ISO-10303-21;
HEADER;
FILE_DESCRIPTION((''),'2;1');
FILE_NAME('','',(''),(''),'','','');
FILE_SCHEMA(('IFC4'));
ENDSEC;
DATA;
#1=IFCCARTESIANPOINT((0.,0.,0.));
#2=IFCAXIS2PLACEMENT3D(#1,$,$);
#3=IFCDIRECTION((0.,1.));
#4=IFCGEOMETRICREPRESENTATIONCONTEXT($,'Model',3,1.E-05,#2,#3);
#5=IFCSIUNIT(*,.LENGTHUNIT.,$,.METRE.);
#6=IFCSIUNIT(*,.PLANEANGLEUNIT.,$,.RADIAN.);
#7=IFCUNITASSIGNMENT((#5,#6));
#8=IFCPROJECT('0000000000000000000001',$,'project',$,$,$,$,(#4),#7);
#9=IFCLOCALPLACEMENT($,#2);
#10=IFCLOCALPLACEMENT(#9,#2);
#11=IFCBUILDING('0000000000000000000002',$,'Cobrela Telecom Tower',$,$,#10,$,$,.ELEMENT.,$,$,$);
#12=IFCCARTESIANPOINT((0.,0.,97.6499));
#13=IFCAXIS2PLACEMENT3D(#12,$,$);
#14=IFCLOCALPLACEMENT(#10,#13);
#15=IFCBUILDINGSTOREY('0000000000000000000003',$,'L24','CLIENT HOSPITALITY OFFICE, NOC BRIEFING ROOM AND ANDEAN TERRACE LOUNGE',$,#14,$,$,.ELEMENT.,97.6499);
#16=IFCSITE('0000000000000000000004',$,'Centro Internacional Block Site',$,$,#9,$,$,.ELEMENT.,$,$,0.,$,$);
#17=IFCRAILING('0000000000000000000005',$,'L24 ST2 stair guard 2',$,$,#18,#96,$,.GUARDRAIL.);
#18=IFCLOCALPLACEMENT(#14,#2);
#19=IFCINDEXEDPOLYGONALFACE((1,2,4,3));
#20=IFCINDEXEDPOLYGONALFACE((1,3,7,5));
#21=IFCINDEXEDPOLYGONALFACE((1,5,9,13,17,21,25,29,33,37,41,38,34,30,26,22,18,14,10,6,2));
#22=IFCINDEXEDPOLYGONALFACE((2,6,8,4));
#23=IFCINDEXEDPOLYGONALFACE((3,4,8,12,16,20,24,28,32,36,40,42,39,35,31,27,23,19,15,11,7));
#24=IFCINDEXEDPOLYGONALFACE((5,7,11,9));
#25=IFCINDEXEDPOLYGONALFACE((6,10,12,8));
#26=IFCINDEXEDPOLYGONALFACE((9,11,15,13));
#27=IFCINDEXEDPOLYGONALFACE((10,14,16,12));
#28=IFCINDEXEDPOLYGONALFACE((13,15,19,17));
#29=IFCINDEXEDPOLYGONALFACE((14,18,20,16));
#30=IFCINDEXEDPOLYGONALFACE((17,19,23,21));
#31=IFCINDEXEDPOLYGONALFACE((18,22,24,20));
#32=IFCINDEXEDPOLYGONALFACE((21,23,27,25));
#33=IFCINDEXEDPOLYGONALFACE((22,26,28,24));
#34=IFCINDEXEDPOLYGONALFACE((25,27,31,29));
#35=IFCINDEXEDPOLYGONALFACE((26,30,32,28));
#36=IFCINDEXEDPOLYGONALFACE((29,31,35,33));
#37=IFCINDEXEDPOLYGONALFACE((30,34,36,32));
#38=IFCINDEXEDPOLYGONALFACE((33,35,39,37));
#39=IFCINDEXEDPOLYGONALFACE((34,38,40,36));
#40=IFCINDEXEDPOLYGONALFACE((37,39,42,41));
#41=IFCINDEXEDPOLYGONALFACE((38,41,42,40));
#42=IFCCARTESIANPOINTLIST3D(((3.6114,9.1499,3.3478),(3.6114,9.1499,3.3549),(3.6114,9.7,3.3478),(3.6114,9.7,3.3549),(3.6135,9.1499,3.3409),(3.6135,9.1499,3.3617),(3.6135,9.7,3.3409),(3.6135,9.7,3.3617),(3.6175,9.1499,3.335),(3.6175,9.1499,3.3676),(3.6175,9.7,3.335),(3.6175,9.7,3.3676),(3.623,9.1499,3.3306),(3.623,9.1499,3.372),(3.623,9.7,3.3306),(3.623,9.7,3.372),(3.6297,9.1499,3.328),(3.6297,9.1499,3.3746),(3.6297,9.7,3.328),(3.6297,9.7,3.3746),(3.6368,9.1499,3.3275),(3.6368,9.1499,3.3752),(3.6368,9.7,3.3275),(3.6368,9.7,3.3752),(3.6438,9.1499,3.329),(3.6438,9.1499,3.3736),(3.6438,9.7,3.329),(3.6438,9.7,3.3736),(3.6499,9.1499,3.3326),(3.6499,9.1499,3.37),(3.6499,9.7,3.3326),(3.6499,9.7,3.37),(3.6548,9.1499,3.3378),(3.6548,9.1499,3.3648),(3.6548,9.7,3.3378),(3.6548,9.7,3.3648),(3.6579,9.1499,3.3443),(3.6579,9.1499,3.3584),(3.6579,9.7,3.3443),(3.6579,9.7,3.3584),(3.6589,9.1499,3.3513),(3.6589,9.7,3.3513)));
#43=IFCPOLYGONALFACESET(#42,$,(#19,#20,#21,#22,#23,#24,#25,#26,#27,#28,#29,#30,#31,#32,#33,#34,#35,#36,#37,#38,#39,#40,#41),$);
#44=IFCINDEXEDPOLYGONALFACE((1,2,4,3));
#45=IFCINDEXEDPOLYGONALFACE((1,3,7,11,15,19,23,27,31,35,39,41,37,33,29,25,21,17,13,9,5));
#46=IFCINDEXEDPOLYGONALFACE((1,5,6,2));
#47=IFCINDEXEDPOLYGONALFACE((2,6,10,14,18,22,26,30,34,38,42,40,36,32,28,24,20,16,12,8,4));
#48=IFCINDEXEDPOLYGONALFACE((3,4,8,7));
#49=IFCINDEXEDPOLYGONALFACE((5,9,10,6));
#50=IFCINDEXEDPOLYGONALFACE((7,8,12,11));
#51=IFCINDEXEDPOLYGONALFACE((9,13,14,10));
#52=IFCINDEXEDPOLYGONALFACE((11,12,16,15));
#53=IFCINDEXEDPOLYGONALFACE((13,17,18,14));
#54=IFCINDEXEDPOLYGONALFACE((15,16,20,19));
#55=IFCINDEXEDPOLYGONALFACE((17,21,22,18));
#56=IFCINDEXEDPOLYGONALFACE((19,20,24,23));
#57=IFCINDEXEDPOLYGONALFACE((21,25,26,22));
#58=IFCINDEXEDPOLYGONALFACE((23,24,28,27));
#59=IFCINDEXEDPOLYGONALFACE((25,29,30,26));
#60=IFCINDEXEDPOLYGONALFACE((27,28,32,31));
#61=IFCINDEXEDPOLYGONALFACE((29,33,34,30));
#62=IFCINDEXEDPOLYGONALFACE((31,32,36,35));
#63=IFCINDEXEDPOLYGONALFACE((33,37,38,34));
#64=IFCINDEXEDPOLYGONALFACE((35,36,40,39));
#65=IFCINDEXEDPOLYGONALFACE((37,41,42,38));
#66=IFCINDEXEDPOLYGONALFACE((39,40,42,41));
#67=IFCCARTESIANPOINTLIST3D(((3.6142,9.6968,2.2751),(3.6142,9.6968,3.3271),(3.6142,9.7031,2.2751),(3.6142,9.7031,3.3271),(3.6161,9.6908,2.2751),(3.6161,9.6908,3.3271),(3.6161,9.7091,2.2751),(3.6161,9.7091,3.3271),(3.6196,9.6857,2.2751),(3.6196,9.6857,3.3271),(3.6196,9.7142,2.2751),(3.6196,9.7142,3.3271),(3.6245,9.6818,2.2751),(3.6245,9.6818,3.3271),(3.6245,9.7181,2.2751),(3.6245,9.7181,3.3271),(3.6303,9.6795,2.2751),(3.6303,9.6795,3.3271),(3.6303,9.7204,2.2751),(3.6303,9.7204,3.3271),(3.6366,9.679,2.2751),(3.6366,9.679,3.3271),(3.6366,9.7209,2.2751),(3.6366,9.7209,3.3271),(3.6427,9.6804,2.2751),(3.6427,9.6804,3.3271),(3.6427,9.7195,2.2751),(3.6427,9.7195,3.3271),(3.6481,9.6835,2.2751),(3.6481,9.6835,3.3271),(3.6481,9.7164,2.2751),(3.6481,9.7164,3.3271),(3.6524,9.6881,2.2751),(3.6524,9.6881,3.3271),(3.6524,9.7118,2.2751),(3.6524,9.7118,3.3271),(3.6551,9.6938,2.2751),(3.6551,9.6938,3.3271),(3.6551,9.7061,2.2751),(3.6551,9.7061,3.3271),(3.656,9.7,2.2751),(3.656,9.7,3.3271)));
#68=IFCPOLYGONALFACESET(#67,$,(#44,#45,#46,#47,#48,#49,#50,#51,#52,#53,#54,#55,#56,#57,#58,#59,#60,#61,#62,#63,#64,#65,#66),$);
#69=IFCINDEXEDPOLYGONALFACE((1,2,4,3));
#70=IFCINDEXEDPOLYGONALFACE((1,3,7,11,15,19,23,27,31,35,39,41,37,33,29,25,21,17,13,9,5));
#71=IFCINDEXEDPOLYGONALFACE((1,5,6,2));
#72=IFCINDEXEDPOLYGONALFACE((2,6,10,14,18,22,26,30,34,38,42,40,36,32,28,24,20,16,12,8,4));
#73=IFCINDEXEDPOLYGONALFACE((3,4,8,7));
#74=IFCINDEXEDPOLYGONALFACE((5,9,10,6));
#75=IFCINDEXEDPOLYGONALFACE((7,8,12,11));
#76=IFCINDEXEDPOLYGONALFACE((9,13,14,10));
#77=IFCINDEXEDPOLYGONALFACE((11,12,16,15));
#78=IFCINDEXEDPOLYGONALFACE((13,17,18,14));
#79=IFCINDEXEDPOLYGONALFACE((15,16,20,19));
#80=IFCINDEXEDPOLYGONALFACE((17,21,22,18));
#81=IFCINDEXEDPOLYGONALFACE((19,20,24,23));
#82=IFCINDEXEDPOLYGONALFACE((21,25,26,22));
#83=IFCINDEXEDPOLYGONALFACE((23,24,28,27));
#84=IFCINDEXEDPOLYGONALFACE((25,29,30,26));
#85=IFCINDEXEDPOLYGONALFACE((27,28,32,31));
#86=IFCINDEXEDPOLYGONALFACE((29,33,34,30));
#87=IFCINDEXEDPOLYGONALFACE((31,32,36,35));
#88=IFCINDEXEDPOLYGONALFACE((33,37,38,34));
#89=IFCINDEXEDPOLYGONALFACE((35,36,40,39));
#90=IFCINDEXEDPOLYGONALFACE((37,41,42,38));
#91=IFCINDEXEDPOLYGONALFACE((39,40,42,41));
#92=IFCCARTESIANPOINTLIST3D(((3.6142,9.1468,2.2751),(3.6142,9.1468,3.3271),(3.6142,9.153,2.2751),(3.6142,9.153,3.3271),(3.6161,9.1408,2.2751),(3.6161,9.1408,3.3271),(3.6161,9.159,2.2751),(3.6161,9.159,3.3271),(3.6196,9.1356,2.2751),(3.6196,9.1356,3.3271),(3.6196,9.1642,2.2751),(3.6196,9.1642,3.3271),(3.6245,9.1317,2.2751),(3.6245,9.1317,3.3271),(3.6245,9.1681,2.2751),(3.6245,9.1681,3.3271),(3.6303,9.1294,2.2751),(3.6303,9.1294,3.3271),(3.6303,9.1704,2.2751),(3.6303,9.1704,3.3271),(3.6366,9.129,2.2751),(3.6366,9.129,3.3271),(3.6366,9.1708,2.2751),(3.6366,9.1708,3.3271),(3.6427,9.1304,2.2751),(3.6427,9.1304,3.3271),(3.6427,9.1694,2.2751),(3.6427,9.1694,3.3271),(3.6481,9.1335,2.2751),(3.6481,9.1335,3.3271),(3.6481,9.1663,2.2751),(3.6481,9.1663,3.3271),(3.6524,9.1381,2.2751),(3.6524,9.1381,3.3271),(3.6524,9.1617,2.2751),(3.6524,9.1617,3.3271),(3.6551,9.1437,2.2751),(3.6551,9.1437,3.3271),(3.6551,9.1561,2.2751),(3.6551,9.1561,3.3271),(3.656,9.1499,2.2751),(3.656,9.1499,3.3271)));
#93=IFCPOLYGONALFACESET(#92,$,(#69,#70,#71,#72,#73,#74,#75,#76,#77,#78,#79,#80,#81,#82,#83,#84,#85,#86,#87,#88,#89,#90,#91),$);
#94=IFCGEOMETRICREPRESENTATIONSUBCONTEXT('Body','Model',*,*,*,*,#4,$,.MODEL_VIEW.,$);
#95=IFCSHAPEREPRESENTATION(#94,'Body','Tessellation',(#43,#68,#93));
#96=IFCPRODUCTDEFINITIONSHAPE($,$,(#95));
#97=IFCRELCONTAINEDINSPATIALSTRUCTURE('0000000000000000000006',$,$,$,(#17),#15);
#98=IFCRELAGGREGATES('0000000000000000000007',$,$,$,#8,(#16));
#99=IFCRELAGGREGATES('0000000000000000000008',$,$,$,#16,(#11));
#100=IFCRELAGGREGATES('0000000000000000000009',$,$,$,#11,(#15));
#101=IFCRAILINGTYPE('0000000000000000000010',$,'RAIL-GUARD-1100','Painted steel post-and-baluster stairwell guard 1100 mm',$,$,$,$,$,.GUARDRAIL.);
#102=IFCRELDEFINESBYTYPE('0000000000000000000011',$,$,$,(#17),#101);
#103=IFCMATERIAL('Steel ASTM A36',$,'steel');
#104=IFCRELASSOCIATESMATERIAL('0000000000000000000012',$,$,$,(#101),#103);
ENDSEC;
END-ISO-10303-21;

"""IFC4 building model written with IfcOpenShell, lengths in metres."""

from ifc_helpers import new_model, si_unit, direction, frame, origin, origin_2d, place, context, subcontext, project, spatial, circle, extrude, material, type_object, element, save


model = new_model("IFC4")

# Units and contexts
model_context = context("Model", 3, precision=1e-05, world=origin(), true_north=direction((0.0, 1.0)))
body_context = subcontext(model_context, "Body", "Model", "MODEL_VIEW")
ifc_project = project(units=[si_unit("LENGTHUNIT", "METRE"), si_unit("PLANEANGLEUNIT", "RADIAN")], contexts=[model_context])

# Site, building, storey
site_placement = place(None, origin())
site = spatial("IfcSite", under=ifc_project, at=site_placement, Name="Centro Internacional Block Site", CompositionType="ELEMENT", RefElevation=0.0)
building_placement = place(site_placement, origin())
building = spatial("IfcBuilding", under=site, at=building_placement, Name="Cobrela Telecom Tower", CompositionType="ELEMENT")
storey_placement = place(building_placement, frame((0.0, 0.0, 97.6499)))
storey = spatial("IfcBuildingStorey", under=building, at=storey_placement, Name="L24", Description="CLIENT HOSPITALITY OFFICE, NOC BRIEFING ROOM AND ANDEAN TERRACE LOUNGE", CompositionType="ELEMENT", Elevation=97.6499)

# Shared definitions
ifc_material_1 = material(Name="Steel ASTM A36", Category="steel")

# Railing
railing_type_1 = type_object("IfcRailingType", Name="RAIL-GUARD-1100", Description="Painted steel post-and-baluster stairwell guard 1100 mm", PredefinedType="GUARDRAIL", material=ifc_material_1)
railing_1_placement = place(storey_placement, frame((3.635, 9.7, 2.2751)))
element("IfcRailing", 1, at=railing_1_placement, inside=storey, type_object=railing_type_1, Name="L24 ST2 stair guard 2", PredefinedType="GUARDRAIL", context=body_context, shape_type="SweptSolid", body=[
    extrude(circle(Radius=0.0239, at=origin_2d()), frame((0.0, 0.0, 1.0762), z_axis=(0.0, -1.0, 0.0), x_axis=(1.0, 0.0, 0.0)), (0.0, 0.0, 1.0), 0.55),
    extrude(circle(Radius=0.021, at=origin_2d()), origin(), (0.0, 0.0, 1.0), 1.052),
    extrude(circle(Radius=0.021, at=origin_2d()), frame((0.0, -0.55, 0.0)), (0.0, 0.0, 1.0), 1.052),
])

save(model, "model.ifc")
